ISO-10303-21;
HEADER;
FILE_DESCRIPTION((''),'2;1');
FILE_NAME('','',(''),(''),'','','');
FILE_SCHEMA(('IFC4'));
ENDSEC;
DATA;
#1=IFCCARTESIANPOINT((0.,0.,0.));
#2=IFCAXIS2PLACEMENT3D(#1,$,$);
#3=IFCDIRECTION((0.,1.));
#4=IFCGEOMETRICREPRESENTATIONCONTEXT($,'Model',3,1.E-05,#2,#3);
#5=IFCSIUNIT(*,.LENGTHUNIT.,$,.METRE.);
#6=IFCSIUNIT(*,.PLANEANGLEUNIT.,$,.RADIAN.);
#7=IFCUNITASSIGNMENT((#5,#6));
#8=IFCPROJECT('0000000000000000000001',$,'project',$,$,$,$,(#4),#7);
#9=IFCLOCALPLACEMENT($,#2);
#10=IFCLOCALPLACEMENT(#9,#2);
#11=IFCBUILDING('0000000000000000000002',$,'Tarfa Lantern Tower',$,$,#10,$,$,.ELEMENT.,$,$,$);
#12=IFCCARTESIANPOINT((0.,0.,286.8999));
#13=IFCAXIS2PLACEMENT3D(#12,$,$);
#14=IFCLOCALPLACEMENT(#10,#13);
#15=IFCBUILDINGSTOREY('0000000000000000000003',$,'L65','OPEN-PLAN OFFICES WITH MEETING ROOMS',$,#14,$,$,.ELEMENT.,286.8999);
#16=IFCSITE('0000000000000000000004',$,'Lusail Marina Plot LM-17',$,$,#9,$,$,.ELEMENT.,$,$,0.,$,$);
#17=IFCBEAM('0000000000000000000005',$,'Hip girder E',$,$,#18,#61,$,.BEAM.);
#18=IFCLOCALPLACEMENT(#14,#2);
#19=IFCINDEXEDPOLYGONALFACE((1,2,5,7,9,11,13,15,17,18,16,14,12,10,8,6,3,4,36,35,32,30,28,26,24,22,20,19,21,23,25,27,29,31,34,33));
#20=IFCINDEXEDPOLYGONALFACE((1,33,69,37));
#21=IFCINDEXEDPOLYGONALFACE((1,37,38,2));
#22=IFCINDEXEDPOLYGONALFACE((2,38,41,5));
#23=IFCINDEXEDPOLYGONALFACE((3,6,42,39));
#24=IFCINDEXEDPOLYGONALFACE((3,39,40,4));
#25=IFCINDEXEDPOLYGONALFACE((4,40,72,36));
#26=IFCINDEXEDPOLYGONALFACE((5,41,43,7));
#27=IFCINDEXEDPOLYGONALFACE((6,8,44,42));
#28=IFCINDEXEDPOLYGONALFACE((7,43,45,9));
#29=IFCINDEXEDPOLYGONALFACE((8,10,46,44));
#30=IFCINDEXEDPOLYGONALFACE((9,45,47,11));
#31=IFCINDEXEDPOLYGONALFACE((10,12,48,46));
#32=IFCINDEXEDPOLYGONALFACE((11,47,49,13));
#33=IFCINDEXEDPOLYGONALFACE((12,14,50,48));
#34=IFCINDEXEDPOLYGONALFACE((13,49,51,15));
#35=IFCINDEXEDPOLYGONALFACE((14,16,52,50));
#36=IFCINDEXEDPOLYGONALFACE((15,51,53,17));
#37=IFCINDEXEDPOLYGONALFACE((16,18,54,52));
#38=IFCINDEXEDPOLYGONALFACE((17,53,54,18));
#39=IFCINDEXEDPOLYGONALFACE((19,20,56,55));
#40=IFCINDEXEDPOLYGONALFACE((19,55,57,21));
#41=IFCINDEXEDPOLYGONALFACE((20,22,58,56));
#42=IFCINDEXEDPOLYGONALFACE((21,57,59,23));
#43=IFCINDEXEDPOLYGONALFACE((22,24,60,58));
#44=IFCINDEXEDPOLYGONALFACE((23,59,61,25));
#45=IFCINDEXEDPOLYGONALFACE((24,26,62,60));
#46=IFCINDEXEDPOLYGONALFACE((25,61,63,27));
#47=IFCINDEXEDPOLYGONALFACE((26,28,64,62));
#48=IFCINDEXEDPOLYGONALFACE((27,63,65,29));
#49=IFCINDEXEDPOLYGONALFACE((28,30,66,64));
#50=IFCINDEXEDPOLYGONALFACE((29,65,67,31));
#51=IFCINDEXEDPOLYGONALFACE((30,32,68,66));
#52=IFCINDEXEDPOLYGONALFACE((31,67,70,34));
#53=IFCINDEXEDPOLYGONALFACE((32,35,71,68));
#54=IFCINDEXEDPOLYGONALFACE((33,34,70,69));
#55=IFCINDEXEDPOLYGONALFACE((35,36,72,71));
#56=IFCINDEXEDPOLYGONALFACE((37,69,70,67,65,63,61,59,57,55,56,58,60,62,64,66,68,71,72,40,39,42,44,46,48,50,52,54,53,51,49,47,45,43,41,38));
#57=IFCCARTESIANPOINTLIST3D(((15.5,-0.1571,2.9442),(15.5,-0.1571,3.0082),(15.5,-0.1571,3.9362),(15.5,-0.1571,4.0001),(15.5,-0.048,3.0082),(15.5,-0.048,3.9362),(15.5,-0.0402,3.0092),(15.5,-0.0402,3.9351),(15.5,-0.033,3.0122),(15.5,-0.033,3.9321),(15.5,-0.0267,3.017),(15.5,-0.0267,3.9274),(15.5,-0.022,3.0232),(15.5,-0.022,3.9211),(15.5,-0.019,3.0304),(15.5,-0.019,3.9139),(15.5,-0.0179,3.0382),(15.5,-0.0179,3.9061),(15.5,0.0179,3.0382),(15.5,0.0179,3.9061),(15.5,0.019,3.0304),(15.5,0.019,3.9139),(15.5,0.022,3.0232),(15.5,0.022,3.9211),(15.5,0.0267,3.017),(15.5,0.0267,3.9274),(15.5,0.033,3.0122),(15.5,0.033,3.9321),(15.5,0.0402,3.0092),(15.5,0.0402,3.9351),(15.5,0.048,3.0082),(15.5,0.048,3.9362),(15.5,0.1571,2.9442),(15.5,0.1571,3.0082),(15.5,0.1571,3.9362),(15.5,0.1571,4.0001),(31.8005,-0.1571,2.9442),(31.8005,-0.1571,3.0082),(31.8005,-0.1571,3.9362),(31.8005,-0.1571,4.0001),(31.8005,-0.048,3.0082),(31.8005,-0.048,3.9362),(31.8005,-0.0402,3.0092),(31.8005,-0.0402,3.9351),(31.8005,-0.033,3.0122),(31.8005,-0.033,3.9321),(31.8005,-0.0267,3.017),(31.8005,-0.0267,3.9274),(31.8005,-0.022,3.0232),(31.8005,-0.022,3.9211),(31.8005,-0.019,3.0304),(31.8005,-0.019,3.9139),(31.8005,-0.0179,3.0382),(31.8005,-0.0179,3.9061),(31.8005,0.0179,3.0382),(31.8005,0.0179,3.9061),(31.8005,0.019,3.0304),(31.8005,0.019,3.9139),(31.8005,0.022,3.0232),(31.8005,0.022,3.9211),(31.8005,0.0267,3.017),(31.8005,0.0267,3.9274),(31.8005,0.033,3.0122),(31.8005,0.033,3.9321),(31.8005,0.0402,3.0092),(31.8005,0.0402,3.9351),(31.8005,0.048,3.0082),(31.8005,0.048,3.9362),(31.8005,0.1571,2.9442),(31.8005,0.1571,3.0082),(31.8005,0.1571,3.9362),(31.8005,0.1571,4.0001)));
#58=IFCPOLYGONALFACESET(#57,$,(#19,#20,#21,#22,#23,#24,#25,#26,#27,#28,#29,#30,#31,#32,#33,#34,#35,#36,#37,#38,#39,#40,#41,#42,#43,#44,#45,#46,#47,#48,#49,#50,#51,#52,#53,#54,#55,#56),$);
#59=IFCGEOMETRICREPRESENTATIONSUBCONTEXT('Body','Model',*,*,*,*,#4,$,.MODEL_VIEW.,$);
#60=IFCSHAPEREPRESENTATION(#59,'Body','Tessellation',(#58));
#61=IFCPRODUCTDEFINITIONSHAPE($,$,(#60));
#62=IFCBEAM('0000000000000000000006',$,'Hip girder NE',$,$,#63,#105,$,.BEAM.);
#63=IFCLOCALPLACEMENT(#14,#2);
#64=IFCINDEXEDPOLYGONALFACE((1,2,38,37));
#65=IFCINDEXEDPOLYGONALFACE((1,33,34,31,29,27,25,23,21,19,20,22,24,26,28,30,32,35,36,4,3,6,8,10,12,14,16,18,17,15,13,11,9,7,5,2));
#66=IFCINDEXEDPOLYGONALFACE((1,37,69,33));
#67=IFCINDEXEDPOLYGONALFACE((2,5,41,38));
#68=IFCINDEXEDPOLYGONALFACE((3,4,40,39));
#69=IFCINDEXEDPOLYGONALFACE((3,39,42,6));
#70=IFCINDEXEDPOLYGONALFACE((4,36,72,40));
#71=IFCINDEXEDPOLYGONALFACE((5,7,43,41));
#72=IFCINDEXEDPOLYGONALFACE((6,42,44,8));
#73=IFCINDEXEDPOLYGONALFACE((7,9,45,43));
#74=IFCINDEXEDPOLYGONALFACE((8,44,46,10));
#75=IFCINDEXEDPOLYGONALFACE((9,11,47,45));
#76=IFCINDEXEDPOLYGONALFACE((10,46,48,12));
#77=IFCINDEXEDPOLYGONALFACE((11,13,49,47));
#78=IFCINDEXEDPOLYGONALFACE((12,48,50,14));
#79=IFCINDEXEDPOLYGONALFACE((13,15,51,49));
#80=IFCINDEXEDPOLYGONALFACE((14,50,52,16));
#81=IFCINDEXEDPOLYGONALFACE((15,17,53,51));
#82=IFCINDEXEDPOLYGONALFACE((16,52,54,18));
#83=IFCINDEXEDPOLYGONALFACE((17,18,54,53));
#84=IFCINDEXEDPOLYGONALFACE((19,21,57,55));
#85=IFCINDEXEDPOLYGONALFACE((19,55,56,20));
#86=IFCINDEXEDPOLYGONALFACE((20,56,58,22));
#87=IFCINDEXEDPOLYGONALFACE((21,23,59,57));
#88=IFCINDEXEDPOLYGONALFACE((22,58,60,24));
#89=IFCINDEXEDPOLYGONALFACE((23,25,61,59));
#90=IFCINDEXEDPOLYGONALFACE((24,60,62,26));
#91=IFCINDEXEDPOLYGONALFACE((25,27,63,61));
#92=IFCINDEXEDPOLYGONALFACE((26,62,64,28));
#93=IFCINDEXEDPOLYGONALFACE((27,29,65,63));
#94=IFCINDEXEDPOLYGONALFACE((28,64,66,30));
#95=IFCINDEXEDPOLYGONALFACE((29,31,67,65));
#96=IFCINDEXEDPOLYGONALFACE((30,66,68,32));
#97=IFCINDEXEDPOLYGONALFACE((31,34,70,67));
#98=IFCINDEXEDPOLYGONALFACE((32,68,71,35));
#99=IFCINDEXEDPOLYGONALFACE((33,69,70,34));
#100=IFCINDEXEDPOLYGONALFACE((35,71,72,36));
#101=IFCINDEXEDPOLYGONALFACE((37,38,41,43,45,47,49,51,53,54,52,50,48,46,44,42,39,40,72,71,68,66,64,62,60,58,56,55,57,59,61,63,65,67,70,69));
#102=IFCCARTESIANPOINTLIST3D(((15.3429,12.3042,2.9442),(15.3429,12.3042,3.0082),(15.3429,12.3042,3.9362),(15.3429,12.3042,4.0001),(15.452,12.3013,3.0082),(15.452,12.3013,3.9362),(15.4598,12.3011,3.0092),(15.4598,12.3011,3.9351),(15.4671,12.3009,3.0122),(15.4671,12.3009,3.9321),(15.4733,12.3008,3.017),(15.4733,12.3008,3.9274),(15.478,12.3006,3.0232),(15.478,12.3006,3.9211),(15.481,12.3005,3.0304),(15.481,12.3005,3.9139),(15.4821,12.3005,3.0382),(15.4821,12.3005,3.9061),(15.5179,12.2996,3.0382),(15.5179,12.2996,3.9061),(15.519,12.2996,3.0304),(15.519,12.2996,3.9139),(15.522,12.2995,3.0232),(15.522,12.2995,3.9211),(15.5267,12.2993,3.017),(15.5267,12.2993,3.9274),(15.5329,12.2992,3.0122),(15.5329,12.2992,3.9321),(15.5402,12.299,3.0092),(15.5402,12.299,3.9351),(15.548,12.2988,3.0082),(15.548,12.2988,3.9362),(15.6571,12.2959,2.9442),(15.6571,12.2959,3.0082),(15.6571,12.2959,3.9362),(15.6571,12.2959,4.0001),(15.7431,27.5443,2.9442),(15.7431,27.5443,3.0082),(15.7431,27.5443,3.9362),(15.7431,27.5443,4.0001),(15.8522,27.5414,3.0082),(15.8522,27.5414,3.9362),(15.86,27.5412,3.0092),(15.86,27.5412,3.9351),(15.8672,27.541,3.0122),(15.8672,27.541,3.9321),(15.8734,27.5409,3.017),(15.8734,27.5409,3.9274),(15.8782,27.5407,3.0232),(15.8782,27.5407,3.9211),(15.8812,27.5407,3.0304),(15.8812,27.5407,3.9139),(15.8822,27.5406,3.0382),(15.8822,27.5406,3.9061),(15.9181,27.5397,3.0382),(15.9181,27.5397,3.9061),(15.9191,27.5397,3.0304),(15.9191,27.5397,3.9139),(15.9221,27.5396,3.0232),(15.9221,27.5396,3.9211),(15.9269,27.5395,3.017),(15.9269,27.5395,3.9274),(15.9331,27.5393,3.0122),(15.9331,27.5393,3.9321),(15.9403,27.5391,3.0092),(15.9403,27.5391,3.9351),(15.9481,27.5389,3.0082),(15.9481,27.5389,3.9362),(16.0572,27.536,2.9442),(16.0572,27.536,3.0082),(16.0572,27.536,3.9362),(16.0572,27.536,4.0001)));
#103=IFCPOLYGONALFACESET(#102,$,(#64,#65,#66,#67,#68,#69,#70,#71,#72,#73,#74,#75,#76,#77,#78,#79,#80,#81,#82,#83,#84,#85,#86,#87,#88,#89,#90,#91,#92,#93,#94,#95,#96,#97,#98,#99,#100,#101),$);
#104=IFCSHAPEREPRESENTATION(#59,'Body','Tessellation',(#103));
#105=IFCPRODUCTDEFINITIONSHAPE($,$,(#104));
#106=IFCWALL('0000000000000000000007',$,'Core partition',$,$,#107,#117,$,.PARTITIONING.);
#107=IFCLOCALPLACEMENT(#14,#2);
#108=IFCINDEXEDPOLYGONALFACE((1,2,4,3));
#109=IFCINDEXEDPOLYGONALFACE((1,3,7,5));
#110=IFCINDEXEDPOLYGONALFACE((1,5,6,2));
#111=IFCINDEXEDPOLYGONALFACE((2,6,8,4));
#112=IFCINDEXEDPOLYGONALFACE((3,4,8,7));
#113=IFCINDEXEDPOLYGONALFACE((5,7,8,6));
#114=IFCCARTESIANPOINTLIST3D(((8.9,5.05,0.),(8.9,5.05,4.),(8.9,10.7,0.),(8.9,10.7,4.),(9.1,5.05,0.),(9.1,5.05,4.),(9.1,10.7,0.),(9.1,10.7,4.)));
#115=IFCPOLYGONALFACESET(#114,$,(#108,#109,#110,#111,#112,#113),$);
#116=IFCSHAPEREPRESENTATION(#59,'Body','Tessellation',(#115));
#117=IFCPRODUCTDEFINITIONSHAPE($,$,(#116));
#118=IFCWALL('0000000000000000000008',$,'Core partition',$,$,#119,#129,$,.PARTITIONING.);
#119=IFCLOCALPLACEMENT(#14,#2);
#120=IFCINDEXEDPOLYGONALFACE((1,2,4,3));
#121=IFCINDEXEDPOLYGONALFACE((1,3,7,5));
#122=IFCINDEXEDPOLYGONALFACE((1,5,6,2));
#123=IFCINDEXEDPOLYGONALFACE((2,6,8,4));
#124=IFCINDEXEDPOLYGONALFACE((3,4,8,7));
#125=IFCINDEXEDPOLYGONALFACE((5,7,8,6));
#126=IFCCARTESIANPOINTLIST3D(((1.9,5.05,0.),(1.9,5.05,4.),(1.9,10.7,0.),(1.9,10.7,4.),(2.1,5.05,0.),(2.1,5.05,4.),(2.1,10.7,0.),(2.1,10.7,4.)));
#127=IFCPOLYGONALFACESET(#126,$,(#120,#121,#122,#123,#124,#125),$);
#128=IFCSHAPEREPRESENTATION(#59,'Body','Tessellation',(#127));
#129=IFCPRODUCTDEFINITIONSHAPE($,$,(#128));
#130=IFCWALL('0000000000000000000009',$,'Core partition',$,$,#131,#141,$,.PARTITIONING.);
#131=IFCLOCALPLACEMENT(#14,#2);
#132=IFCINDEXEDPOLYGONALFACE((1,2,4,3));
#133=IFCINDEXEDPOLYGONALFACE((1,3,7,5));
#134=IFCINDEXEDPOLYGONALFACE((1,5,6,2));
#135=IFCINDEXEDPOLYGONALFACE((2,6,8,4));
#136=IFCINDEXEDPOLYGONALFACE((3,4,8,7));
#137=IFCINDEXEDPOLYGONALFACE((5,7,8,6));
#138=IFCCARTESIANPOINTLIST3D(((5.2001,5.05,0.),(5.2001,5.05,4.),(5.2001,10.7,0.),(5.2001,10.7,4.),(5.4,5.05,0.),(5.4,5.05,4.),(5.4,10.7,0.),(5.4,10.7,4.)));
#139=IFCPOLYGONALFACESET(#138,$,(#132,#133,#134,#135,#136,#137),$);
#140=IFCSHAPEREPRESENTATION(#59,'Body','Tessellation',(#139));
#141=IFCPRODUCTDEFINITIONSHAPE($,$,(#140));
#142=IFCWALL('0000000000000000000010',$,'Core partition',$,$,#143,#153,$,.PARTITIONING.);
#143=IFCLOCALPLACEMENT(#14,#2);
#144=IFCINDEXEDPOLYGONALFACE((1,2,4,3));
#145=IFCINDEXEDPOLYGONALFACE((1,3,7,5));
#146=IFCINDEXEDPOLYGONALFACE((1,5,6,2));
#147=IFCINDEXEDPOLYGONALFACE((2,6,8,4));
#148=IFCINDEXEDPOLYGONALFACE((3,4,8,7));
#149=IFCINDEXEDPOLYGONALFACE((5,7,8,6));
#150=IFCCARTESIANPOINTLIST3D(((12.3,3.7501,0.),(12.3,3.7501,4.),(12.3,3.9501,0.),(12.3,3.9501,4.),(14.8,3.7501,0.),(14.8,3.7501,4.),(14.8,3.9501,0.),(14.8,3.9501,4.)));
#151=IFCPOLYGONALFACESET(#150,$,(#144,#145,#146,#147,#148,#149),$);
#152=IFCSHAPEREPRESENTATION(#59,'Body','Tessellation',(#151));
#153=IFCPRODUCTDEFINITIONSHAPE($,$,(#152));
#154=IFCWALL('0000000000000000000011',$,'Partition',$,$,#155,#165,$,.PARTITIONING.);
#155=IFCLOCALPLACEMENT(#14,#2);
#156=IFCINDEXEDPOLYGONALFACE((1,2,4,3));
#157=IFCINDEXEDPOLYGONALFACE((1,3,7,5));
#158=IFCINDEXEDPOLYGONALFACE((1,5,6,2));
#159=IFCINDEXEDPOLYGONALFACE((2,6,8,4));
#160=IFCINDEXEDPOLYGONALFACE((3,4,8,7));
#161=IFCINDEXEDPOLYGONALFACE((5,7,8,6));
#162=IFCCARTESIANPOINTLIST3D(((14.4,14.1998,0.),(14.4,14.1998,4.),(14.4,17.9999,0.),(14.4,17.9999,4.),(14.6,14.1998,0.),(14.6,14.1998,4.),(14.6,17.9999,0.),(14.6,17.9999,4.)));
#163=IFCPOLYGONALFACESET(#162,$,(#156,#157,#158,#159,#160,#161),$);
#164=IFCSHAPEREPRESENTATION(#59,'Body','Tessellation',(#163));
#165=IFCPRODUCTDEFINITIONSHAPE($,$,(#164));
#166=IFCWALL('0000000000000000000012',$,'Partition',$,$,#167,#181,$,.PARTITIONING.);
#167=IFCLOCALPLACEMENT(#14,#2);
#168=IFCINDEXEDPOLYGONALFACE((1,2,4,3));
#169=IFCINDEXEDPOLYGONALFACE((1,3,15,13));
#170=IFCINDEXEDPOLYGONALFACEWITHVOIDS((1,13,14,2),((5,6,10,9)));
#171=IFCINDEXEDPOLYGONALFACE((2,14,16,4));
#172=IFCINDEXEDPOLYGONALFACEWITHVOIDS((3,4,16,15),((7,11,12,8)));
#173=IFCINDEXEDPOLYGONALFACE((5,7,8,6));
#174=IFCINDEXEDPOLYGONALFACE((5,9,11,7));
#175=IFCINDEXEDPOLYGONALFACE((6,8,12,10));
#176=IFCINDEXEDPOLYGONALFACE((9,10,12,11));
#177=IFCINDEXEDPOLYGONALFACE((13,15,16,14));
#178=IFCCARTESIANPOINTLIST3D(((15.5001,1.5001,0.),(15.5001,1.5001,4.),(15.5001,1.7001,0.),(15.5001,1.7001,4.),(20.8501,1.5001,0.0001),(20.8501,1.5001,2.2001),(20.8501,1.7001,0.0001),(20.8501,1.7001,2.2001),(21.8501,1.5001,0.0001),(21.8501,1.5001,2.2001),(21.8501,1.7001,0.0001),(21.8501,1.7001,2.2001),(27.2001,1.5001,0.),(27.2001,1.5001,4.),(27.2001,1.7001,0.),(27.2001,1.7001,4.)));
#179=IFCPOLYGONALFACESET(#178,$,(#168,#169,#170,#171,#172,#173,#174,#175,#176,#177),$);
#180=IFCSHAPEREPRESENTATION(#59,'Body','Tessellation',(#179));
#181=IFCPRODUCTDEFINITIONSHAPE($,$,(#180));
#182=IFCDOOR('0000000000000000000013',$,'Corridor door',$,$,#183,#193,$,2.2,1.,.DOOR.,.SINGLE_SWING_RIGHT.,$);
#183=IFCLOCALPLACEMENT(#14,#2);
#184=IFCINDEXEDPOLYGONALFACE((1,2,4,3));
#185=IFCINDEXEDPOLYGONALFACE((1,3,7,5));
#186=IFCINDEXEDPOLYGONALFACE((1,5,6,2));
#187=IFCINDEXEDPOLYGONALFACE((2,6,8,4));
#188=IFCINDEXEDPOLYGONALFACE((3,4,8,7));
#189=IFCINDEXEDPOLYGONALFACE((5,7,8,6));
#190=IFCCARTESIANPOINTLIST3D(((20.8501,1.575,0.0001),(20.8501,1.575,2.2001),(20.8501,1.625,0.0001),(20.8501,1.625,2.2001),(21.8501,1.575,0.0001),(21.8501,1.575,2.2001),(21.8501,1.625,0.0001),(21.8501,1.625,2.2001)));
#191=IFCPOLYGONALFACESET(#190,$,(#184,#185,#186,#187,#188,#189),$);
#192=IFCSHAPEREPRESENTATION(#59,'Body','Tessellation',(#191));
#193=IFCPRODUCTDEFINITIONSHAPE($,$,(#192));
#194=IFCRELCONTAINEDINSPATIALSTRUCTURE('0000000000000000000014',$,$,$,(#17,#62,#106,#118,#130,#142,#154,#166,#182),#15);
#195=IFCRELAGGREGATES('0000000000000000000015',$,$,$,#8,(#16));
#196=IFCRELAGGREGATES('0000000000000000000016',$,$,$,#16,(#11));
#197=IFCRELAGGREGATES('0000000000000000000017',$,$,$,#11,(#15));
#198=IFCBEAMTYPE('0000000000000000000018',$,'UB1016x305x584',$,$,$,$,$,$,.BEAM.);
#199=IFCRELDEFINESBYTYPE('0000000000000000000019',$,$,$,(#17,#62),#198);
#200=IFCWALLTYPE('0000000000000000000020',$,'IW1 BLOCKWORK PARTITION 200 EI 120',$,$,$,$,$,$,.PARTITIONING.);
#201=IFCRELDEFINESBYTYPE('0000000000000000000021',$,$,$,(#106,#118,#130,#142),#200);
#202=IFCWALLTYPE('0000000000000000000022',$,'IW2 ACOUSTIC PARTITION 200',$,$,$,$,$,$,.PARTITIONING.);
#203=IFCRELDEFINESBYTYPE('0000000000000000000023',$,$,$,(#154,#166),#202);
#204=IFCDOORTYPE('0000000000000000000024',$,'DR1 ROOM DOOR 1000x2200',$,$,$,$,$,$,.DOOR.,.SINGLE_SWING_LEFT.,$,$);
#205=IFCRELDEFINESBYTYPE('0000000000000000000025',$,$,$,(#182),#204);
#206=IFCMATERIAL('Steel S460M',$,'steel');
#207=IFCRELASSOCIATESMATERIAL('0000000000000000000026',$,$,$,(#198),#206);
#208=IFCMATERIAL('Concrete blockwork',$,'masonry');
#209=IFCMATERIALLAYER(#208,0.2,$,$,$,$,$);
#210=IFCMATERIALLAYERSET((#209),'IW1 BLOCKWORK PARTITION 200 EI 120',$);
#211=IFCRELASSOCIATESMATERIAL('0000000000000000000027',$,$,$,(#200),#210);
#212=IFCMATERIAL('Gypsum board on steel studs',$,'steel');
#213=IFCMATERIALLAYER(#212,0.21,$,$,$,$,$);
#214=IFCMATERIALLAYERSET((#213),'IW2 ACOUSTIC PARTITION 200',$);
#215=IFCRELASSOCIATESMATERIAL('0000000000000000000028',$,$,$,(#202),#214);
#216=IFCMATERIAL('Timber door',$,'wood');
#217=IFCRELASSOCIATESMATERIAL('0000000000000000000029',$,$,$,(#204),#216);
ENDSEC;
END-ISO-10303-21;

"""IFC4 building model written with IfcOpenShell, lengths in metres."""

from ifc_helpers import new_model, si_unit, direction, frame, frame_2d, origin, origin_2d, place, context, subcontext, project, spatial, rectangle, i_section, extrude, material, layer, layer_set, material_profile, profile_set, type_object, element, fill, save


model = new_model("IFC4")

# Units and contexts
model_context = context("Model", 3, precision=1e-05, world=origin(), true_north=direction((0.0, 1.0)))
body_context = subcontext(model_context, "Body", "Model", "MODEL_VIEW")
ifc_project = project(units=[si_unit("LENGTHUNIT", "METRE"), si_unit("PLANEANGLEUNIT", "RADIAN")], contexts=[model_context])

# Site, building, storey
site_placement = place(None, origin())
site = spatial("IfcSite", under=ifc_project, at=site_placement, Name="Lusail Marina Plot LM-17", CompositionType="ELEMENT", RefElevation=0.0)
building_placement = place(site_placement, origin())
building = spatial("IfcBuilding", under=site, at=building_placement, Name="Tarfa Lantern Tower", CompositionType="ELEMENT")
storey_placement = place(building_placement, frame((0.0, 0.0, 286.8999)))
storey = spatial("IfcBuildingStorey", under=building, at=storey_placement, Name="L65", Description="OPEN-PLAN OFFICES WITH MEETING ROOMS", CompositionType="ELEMENT", Elevation=286.8999)

# Beams
ifc_material_1 = material(Name="Steel S460M", Category="steel")
ifc_material_profile = material_profile(ifc_material_1, i_section(OverallWidth=0.3142, OverallDepth=1.0559, WebThickness=0.0359, FlangeThickness=0.064, FilletRadius=0.03, at=origin_2d()), Name="UB1016x305x584")
ifc_profile_set = profile_set([ifc_material_profile], Name="Steel S460M")
beam_type = type_object("IfcBeamType", Name="UB1016x305x584", PredefinedType="BEAM", material=ifc_profile_set)
beam_1_placement = place(storey_placement, frame((15.5, 0.0, 3.4722), z_axis=(1.0, 0.0, 0.0), x_axis=(0.0, 1.0, 0.0)))
element("IfcBeam", 1, at=beam_1_placement, inside=storey, type_object=beam_type, Name="Hip girder E", PredefinedType="BEAM", context=body_context, shape_type="SweptSolid", body=[
    extrude(i_section(OverallWidth=0.3142, OverallDepth=1.0559, WebThickness=0.0359, FlangeThickness=0.064, FilletRadius=0.03, at=origin_2d()), origin(), (0.0, 0.0, 1.0), 16.3005),
])
beam_2_placement = place(storey_placement, frame((15.5, 12.3, 3.4722), z_axis=(0.026247, 0.999655, 0.0), x_axis=(-0.999655, 0.026247, 0.0)))
element("IfcBeam", 2, at=beam_2_placement, inside=storey, type_object=beam_type, Name="Hip girder NE", PredefinedType="BEAM", context=body_context, shape_type="SweptSolid", body=[
    extrude(i_section(OverallWidth=0.3142, OverallDepth=1.0559, WebThickness=0.0359, FlangeThickness=0.064, FilletRadius=0.03, at=origin_2d()), origin(), (0.0, 0.0, 1.0), 15.2454),
])

# Walls
ifc_material_2 = material(Name="Concrete blockwork", Category="masonry")
ifc_layer_1 = layer(ifc_material_2, 0.2)
ifc_layer_set_1 = layer_set([ifc_layer_1], Name="IW1 BLOCKWORK PARTITION 200 EI 120")
wall_type_1 = type_object("IfcWallType", Name="IW1 BLOCKWORK PARTITION 200 EI 120", PredefinedType="PARTITIONING", material=ifc_layer_set_1)
for number, where, z_axis, x_axis, name in (
    (3, (9.0, 5.05, 0.0), (0.0, 0.0, 1.0), (0.0, 1.0, 0.0), "Core partition"),
    (4, (2.0, 5.05, 0.0), (0.0, 0.0, 1.0), (0.0, 1.0, 0.0), "Core partition"),
    (5, (5.3, 5.05, 0.0), (0.0, 0.0, 1.0), (0.0, 1.0, 0.0), "Core partition"),
):
    element("IfcWall", number, at=place(storey_placement, frame(where, z_axis=z_axis, x_axis=x_axis)), inside=storey, type_object=wall_type_1, Name=name, PredefinedType="PARTITIONING", context=body_context, shape_type="SweptSolid", body=[
        extrude(rectangle(XDim=5.6499, YDim=0.2, at=frame_2d((2.825, 0.0))), origin(), (0.0, 0.0, 1.0), 4.0),
    ])
wall_1_placement = place(storey_placement, frame((12.3, 3.8501, 0.0), z_axis=(0.0, 0.0, 1.0), x_axis=(1.0, 0.0, 0.0)))
element("IfcWall", 6, at=wall_1_placement, inside=storey, type_object=wall_type_1, Name="Core partition", PredefinedType="PARTITIONING", context=body_context, shape_type="SweptSolid", body=[
    extrude(rectangle(XDim=2.5, YDim=0.2, at=frame_2d((1.25, 0.0))), origin(), (0.0, 0.0, 1.0), 4.0),
])
ifc_material_3 = material(Name="Gypsum board on steel studs", Category="steel")
ifc_layer_2 = layer(ifc_material_3, 0.21)
ifc_layer_set_2 = layer_set([ifc_layer_2], Name="IW2 ACOUSTIC PARTITION 200")
wall_type_2 = type_object("IfcWallType", Name="IW2 ACOUSTIC PARTITION 200", PredefinedType="PARTITIONING", material=ifc_layer_set_2)
wall_2_placement = place(storey_placement, frame((14.5, 14.2, 0.0), z_axis=(0.0, 0.0, 1.0), x_axis=(0.0, 1.0, 0.0)))
element("IfcWall", 7, at=wall_2_placement, inside=storey, type_object=wall_type_2, Name="Partition", PredefinedType="PARTITIONING", context=body_context, shape_type="SweptSolid", body=[
    extrude(rectangle(XDim=3.8, YDim=0.2, at=frame_2d((1.8999, 0.0))), origin(), (0.0, 0.0, 1.0), 4.0),
])

# Wall, opening, door
wall_3_placement = place(storey_placement, frame((15.5, 1.6001, 0.0), z_axis=(0.0, 0.0, 1.0), x_axis=(1.0, 0.0, 0.0)))
wall_3 = element("IfcWall", 8, at=wall_3_placement, inside=storey, type_object=wall_type_2, Name="Partition", PredefinedType="PARTITIONING", context=body_context, shape_type="SweptSolid", body=[
    extrude(rectangle(XDim=11.7, YDim=0.2, at=frame_2d((5.8501, 0.0))), origin(), (0.0, 0.0, 1.0), 4.0),
])
opening_1_placement = place(wall_3_placement, frame((5.3501, 0.0, 0.0)))
opening_1 = element("IfcOpeningElement", 9, at=opening_1_placement, cuts=wall_3, PredefinedType="OPENING", context=body_context, shape_type="SweptSolid", body=[
    extrude(rectangle(XDim=1.0, YDim=2.2, at=frame_2d((0.5, 1.1001))), frame((0.0, 0.1099, 0.0), z_axis=(0.0, -1.0, 0.0), x_axis=(1.0, 0.0, 0.0)), (0.0, 0.0, 1.0), 0.22),
])
ifc_material_4 = material(Name="Timber door", Category="wood")
door_type_1 = type_object("IfcDoorType", Name="DR1 ROOM DOOR 1000x2200", OperationType="SINGLE_SWING_LEFT", PredefinedType="DOOR", material=ifc_material_4)
door_1_placement = place(opening_1_placement, origin())
door_1 = element("IfcDoor", 10, at=door_1_placement, inside=storey, type_object=door_type_1, Name="Corridor door", OperationType="SINGLE_SWING_RIGHT", OverallHeight=2.2, OverallWidth=1.0, PredefinedType="DOOR", context=body_context, shape_type="SweptSolid", body=[
    extrude(rectangle(XDim=1.0, YDim=2.2, at=frame_2d((0.5, 1.1001))), frame((0.0, 0.0249, 0.0), z_axis=(0.0, -1.0, 0.0), x_axis=(1.0, 0.0, 0.0)), (0.0, 0.0, 1.0), 0.05),
])
fill(opening_1, door_1)

save(model, "model.ifc")
